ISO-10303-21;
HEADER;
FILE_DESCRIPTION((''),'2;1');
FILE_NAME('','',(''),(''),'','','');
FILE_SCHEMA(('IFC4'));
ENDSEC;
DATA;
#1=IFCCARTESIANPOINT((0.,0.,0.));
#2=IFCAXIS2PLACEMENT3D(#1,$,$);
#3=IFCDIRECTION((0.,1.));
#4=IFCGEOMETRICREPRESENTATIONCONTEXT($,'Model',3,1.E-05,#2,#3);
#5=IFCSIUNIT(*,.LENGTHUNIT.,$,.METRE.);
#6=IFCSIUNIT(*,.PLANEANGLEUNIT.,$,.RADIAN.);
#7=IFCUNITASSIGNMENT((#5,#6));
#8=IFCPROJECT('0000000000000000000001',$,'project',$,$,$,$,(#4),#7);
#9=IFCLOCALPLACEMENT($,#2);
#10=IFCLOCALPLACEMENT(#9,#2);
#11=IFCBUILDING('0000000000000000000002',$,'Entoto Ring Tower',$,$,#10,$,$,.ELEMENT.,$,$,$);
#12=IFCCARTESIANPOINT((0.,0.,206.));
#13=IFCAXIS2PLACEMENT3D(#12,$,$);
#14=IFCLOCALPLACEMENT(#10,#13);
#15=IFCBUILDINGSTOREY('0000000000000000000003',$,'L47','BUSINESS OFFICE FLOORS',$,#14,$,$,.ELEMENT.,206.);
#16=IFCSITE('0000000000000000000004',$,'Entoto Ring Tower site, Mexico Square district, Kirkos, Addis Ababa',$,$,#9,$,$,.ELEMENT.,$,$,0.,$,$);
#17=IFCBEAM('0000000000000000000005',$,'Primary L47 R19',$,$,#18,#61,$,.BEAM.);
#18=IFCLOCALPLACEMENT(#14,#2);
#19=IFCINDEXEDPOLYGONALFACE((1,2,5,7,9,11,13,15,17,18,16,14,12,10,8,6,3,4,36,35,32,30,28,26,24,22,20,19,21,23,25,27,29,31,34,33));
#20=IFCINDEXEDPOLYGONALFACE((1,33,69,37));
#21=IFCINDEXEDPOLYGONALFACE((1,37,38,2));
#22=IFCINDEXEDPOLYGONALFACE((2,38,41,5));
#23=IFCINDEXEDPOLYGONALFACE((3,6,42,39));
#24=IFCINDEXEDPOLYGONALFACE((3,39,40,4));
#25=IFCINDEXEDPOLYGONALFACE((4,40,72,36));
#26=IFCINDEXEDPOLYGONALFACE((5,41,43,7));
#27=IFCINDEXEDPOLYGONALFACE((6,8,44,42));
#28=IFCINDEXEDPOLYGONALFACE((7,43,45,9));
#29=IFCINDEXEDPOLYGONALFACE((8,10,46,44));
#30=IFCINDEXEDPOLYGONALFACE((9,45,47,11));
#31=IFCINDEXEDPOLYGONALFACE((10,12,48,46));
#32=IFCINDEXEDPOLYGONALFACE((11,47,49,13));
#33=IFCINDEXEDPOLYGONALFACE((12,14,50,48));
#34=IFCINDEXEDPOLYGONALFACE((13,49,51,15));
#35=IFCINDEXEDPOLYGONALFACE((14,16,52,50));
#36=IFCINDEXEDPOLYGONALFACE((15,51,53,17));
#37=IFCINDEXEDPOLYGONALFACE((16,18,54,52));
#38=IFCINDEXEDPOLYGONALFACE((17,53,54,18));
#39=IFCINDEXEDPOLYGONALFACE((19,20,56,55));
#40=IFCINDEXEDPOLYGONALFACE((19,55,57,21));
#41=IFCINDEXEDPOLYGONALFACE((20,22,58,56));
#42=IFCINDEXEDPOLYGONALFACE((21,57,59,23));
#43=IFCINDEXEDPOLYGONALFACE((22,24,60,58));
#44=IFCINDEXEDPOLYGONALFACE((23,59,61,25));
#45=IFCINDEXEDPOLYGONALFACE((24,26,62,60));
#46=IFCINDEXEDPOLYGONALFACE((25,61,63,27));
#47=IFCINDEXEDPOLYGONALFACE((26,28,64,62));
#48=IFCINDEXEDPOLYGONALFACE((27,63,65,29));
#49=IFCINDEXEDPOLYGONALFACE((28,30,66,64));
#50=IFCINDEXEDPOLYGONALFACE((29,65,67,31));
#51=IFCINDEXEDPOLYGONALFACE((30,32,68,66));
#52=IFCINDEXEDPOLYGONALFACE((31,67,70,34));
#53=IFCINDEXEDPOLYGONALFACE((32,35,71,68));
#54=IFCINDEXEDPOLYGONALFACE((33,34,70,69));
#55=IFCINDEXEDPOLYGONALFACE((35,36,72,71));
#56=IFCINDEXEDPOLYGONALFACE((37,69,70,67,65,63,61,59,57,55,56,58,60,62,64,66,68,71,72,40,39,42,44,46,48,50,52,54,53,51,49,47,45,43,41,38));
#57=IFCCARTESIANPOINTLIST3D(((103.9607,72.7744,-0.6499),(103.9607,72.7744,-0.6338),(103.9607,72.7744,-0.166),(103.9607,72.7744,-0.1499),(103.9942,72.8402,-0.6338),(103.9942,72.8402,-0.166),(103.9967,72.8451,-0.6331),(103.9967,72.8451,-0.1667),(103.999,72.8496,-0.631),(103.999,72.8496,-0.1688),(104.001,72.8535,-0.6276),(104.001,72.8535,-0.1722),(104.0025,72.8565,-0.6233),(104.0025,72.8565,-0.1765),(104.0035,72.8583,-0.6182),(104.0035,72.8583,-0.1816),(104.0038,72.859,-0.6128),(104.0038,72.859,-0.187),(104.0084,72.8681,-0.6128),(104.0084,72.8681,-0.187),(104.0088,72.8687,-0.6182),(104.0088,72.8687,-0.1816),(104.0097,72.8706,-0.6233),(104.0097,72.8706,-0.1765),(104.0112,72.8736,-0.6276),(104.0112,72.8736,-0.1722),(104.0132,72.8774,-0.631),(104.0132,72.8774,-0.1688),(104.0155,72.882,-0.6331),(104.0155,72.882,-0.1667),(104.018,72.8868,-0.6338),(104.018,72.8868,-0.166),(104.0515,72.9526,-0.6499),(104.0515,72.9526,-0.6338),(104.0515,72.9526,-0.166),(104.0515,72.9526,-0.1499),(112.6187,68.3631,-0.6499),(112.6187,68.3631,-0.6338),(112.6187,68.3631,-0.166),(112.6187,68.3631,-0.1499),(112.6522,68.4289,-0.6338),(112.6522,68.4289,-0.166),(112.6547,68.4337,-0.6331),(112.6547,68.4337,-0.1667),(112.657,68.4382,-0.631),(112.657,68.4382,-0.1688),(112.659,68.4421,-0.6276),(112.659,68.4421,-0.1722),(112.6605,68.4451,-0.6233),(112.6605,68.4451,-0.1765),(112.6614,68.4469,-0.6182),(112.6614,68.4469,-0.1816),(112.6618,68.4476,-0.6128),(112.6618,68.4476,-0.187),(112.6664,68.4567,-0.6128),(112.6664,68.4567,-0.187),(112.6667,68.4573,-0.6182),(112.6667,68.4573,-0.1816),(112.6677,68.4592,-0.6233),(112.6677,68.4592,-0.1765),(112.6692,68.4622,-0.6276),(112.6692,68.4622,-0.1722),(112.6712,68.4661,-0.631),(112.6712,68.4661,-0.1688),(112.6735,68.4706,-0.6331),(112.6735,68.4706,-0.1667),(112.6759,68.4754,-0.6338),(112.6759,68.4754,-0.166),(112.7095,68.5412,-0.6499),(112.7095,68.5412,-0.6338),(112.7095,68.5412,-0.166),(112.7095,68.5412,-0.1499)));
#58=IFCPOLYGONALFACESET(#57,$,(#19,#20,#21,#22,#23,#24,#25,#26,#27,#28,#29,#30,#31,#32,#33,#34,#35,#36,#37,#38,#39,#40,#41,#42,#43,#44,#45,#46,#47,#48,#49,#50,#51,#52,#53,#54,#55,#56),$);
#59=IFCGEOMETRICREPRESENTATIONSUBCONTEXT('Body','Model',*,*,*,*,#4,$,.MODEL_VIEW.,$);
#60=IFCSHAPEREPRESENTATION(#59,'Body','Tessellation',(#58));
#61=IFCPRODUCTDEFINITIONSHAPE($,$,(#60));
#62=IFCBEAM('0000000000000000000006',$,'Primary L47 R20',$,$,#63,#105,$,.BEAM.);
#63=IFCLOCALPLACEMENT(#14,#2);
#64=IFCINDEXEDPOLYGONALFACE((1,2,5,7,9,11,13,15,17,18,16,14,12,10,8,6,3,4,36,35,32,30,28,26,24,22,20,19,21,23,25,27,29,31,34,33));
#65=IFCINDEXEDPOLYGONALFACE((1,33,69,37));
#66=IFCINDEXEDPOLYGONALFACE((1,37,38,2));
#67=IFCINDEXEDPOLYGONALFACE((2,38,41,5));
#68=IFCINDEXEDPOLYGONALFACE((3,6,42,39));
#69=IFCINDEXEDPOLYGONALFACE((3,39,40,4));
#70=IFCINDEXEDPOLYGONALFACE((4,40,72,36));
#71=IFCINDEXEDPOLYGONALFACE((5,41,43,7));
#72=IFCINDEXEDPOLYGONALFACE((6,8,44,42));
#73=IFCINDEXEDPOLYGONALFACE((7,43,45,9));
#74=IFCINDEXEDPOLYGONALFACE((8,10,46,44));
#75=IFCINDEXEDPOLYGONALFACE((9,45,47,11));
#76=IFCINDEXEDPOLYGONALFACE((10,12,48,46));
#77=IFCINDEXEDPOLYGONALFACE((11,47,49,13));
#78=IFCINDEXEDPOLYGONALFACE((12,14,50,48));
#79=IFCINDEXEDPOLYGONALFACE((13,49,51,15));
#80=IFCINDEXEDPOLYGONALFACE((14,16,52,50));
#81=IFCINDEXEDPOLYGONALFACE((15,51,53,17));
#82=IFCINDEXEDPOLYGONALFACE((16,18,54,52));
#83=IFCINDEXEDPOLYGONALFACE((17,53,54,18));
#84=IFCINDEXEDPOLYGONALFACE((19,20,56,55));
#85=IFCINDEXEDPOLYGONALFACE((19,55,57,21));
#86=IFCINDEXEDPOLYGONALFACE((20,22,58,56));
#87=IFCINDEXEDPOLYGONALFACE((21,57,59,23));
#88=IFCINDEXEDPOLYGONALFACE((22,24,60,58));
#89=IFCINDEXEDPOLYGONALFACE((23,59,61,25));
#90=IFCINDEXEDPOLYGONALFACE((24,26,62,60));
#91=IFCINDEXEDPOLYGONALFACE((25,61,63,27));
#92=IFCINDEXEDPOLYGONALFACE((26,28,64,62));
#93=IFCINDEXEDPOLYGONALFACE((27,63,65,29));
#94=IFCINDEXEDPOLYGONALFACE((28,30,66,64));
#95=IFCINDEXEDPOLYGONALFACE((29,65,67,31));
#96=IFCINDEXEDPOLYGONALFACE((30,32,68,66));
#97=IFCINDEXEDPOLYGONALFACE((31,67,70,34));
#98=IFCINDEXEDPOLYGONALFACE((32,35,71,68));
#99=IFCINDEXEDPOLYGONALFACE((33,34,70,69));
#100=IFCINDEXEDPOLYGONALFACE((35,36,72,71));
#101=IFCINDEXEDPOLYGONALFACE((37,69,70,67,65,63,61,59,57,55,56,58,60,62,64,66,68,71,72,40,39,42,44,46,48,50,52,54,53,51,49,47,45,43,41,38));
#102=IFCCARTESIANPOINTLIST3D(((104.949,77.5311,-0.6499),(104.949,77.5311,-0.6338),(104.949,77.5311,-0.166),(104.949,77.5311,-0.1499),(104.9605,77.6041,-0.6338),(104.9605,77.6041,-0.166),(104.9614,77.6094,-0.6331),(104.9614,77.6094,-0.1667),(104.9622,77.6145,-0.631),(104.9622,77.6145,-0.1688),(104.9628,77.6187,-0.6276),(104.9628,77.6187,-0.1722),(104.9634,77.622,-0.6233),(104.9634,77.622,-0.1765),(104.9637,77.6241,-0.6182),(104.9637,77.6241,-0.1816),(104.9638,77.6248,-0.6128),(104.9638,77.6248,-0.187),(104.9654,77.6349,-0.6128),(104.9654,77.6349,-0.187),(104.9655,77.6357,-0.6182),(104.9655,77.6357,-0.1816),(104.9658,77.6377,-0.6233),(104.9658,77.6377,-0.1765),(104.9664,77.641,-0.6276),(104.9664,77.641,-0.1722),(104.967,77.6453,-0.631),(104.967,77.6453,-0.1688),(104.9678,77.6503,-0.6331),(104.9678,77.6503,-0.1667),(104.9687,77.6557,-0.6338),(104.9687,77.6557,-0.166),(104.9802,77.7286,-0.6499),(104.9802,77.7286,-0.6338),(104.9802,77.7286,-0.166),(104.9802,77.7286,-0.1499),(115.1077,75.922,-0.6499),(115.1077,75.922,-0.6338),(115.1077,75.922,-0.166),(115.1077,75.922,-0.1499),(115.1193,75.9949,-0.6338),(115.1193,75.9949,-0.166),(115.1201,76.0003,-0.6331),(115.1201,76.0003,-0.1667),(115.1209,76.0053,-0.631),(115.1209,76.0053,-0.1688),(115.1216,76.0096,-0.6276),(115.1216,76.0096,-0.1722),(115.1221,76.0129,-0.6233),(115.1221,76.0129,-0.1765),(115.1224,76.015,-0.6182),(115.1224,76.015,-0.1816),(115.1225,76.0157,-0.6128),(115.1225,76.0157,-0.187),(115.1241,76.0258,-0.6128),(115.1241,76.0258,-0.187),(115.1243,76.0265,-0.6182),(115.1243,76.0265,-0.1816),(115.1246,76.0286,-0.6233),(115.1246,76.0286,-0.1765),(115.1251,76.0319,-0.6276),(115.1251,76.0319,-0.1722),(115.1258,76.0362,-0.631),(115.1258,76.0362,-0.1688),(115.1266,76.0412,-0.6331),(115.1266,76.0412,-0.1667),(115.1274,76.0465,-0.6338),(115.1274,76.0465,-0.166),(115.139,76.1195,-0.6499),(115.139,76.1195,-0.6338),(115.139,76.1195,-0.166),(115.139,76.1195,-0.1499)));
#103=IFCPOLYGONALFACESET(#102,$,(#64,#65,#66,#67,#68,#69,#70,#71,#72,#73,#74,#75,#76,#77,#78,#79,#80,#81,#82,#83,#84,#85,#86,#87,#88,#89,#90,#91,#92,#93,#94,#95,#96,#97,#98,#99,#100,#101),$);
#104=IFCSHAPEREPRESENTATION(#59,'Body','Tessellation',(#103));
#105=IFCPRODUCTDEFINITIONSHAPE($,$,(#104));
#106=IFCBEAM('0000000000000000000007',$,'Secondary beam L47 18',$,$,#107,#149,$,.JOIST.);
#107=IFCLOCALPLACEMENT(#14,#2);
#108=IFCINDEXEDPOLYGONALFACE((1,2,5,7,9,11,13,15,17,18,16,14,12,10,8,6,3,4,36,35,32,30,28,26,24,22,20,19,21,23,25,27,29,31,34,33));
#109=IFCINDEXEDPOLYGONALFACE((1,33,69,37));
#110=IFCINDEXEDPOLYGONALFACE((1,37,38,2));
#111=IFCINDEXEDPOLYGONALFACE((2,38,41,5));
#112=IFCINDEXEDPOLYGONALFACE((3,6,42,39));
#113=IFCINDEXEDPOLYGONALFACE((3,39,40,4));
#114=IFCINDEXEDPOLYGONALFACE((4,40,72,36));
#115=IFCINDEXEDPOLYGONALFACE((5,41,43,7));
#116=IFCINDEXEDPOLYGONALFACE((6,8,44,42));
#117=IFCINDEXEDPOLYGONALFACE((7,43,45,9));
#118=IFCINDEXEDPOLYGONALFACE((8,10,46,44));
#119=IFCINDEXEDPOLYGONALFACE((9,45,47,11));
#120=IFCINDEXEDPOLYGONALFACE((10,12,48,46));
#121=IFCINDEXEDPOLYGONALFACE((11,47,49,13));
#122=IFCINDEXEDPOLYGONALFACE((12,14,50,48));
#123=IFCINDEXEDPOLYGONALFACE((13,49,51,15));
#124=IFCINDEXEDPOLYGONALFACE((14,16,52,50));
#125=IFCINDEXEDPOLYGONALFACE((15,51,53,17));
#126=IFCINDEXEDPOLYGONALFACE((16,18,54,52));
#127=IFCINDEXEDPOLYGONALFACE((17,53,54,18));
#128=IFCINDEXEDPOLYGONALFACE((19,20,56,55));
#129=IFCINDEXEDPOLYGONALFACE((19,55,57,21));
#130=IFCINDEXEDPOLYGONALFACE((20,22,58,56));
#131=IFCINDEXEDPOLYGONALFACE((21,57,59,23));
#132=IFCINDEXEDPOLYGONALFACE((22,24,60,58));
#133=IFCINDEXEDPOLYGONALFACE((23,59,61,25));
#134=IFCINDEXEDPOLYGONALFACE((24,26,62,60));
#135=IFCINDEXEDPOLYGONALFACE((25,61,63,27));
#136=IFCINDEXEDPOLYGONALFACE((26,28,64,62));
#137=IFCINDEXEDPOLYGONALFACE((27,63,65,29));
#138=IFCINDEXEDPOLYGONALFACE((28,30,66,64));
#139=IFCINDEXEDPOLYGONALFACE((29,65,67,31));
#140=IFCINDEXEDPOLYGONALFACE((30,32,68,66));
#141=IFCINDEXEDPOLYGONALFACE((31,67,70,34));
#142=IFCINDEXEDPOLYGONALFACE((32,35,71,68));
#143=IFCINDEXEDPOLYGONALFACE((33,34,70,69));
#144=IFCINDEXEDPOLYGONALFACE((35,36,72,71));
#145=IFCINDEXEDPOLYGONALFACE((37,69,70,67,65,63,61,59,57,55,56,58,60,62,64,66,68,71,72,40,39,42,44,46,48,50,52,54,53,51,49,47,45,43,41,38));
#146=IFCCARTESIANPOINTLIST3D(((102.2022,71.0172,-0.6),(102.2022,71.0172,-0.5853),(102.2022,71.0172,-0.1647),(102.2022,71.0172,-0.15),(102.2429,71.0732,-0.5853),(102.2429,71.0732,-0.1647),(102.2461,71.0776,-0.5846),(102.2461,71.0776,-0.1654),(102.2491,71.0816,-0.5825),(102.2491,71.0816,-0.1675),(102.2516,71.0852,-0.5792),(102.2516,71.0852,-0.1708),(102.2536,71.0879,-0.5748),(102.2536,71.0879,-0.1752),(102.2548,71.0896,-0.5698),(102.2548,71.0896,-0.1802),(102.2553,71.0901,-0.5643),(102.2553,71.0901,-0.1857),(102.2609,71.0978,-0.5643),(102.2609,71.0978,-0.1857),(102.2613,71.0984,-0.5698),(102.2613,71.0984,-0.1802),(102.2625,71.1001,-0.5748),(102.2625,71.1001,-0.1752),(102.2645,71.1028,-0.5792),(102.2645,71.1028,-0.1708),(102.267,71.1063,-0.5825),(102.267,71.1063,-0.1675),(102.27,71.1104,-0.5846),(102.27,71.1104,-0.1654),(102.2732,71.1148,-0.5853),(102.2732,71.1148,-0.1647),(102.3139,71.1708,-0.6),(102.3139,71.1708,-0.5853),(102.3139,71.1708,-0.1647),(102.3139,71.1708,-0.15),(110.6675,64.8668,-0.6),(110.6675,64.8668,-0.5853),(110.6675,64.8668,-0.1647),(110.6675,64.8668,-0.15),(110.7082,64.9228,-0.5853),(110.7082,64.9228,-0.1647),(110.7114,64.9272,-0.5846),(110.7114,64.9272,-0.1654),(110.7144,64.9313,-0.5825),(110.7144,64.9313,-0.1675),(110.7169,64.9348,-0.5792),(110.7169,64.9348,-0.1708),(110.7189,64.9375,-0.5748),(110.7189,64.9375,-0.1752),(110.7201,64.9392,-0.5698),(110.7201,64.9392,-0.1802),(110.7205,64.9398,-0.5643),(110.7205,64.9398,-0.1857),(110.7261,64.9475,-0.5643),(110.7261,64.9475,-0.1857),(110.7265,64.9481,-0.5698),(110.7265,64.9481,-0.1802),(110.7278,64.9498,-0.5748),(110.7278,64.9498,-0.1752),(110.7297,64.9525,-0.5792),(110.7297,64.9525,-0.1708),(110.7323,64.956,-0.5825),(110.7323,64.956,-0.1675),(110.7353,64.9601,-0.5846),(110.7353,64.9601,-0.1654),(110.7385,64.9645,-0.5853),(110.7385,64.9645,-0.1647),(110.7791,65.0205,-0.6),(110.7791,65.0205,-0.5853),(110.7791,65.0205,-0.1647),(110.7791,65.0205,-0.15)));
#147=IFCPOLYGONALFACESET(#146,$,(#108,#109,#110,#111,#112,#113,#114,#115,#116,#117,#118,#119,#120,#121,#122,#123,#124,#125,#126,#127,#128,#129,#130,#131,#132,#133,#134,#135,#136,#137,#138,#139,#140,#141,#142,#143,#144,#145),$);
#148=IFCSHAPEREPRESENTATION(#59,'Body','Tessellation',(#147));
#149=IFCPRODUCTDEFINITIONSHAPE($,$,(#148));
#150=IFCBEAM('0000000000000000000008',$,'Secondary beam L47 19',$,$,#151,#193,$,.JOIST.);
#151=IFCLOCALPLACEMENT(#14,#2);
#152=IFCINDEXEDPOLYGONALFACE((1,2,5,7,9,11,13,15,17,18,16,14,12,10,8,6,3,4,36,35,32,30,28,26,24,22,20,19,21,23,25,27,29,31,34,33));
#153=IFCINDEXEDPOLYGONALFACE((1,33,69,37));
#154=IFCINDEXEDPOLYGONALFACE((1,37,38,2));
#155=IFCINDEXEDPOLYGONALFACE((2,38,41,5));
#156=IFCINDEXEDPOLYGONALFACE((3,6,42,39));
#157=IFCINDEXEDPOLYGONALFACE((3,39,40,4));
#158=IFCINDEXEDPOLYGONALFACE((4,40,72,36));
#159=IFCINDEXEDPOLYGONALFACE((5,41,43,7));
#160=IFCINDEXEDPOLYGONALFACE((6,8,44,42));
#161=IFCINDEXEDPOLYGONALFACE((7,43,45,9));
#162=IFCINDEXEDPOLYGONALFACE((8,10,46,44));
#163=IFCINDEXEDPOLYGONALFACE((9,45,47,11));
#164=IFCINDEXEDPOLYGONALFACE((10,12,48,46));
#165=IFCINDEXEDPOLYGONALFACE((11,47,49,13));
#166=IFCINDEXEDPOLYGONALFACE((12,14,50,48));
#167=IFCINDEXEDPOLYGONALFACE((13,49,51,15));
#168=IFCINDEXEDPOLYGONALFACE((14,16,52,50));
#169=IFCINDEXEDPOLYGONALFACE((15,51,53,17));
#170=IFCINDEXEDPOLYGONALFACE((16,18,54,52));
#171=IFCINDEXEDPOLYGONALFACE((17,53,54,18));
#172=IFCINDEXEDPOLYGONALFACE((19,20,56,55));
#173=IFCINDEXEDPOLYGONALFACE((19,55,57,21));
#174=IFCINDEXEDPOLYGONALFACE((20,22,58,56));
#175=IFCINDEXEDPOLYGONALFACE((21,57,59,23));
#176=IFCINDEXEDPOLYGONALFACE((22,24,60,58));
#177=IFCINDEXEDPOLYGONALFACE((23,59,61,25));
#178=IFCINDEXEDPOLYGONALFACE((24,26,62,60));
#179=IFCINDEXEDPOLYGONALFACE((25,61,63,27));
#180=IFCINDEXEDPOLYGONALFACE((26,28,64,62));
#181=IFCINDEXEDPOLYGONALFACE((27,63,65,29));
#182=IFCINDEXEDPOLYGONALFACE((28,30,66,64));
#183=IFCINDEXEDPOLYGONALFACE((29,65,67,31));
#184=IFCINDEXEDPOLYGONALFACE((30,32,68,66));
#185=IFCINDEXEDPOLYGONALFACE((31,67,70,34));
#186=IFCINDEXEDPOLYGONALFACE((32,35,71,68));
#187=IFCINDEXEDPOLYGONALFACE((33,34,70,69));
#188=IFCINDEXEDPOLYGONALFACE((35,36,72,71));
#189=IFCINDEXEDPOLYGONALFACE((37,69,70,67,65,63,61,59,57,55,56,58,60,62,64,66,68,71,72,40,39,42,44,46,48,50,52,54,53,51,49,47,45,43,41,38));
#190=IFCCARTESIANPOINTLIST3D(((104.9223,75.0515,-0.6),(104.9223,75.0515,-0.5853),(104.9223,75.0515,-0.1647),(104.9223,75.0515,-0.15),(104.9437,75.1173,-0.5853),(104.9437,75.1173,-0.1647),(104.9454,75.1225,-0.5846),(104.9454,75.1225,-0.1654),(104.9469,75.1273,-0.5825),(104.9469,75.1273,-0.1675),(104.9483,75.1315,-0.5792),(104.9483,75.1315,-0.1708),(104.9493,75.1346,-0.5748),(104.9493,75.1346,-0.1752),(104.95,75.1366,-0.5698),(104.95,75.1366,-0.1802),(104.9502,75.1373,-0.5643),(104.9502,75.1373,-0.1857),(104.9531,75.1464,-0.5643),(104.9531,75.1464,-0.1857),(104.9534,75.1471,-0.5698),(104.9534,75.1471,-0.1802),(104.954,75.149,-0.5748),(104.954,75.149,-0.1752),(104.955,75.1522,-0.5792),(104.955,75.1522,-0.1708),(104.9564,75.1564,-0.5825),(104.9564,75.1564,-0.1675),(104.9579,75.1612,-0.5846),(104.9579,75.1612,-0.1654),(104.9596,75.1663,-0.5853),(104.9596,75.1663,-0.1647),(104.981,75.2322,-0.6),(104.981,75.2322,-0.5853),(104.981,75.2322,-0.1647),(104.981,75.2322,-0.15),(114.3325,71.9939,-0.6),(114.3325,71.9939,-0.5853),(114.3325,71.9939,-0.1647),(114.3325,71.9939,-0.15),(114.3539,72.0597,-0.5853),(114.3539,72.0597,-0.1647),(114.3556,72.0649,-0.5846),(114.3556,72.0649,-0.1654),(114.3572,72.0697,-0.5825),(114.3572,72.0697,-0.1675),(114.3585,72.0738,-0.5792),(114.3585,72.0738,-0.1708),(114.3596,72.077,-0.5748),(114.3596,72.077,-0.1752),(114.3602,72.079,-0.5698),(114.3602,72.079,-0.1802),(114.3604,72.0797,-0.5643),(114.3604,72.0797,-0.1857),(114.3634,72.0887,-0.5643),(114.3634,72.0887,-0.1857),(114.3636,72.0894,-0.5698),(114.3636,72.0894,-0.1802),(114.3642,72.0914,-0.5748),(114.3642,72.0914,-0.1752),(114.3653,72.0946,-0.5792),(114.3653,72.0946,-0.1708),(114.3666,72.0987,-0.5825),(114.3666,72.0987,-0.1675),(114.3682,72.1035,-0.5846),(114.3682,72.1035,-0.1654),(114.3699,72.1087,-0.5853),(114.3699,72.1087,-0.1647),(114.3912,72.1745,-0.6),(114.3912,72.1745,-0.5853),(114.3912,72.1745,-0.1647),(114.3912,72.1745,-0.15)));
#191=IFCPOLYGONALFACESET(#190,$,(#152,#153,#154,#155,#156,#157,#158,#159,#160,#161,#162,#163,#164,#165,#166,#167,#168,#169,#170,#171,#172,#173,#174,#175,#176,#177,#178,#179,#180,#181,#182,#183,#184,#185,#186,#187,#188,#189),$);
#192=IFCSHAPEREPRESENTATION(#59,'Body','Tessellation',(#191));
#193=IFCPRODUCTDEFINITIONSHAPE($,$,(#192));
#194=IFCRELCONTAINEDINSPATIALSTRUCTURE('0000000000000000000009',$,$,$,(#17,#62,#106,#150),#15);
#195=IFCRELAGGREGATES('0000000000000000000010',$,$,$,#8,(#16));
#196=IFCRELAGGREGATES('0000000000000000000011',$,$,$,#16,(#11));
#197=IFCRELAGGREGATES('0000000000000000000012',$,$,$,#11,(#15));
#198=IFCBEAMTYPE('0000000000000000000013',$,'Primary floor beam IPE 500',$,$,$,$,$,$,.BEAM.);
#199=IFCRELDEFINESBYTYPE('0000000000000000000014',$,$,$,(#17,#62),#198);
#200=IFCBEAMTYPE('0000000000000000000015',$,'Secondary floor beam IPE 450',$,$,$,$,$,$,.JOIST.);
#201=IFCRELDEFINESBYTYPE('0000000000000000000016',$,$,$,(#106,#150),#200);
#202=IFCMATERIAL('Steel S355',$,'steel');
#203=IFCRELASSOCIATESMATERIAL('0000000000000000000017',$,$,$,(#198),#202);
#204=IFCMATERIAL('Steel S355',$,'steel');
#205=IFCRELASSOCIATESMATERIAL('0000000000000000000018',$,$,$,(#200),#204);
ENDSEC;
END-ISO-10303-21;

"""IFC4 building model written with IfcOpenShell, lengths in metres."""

from ifc_helpers import new_model, si_unit, direction, frame, origin, origin_2d, place, context, subcontext, project, spatial, i_section, extrude, material, material_profile, profile_set, type_object, element, save


model = new_model("IFC4")

# Units and contexts
model_context = context("Model", 3, precision=1e-05, world=origin(), true_north=direction((0.0, 1.0)))
body_context = subcontext(model_context, "Body", "Model", "MODEL_VIEW")
ifc_project = project(units=[si_unit("LENGTHUNIT", "METRE"), si_unit("PLANEANGLEUNIT", "RADIAN")], contexts=[model_context])

# Site, building, storey
site_placement = place(None, origin())
site = spatial("IfcSite", under=ifc_project, at=site_placement, Name="Entoto Ring Tower site, Mexico Square district, Kirkos, Addis Ababa", CompositionType="ELEMENT", RefElevation=0.0)
building_placement = place(site_placement, origin())
building = spatial("IfcBuilding", under=site, at=building_placement, Name="Entoto Ring Tower", CompositionType="ELEMENT")
storey_placement = place(building_placement, frame((0.0, 0.0, 206.0)))
storey = spatial("IfcBuildingStorey", under=building, at=storey_placement, Name="L47", Description="BUSINESS OFFICE FLOORS", CompositionType="ELEMENT", Elevation=206.0)

# Beams
ifc_material_1 = material(Name="Steel S355", Category="steel")
ifc_material_profile_1 = material_profile(ifc_material_1, i_section(OverallWidth=0.2, OverallDepth=0.5, WebThickness=0.0103, FlangeThickness=0.0161, FilletRadius=0.021, at=origin_2d()), Name="IPE 500")
ifc_profile_set_1 = profile_set([ifc_material_profile_1], Name="Steel S355")
beam_type_1 = type_object("IfcBeamType", Name="Primary floor beam IPE 500", PredefinedType="BEAM", material=ifc_profile_set_1)
beam_1_placement = place(storey_placement, frame((104.0061, 72.8635, -0.3999), z_axis=(0.89101, -0.453984, 0.0), x_axis=(0.453984, 0.89101, 0.0)))
element("IfcBeam", 1, at=beam_1_placement, inside=storey, type_object=beam_type_1, Name="Primary L47 R19", PredefinedType="BEAM", context=body_context, shape_type="SweptSolid", body=[
    extrude(i_section(OverallWidth=0.2, OverallDepth=0.5, WebThickness=0.0103, FlangeThickness=0.0161, FilletRadius=0.021, at=origin_2d()), origin(), (0.0, 0.0, 1.0), 9.717),
])
beam_2_placement = place(storey_placement, frame((104.9646, 77.6299, -0.3999), z_axis=(0.987686, -0.156449, 0.0), x_axis=(0.156449, 0.987686, 0.0)))
element("IfcBeam", 2, at=beam_2_placement, inside=storey, type_object=beam_type_1, Name="Primary L47 R20", PredefinedType="BEAM", context=body_context, shape_type="SweptSolid", body=[
    extrude(i_section(OverallWidth=0.2, OverallDepth=0.5, WebThickness=0.0103, FlangeThickness=0.0161, FilletRadius=0.021, at=origin_2d()), origin(), (0.0, 0.0, 1.0), 10.2854),
])
ifc_material_2 = material(Name="Steel S355", Category="steel")
ifc_material_profile_2 = material_profile(ifc_material_2, i_section(OverallWidth=0.1899, OverallDepth=0.45, WebThickness=0.0095, FlangeThickness=0.0146, FilletRadius=0.021, at=origin_2d()), Name="IPE 450")
ifc_profile_set_2 = profile_set([ifc_material_profile_2], Name="Steel S355")
beam_type_2 = type_object("IfcBeamType", Name="Secondary floor beam IPE 450", PredefinedType="JOIST", material=ifc_profile_set_2)
beam_3_placement = place(storey_placement, frame((102.2581, 71.094, -0.375), z_axis=(0.809018, -0.587783, 0.0), x_axis=(0.587783, 0.809018, 0.0)))
element("IfcBeam", 3, at=beam_3_placement, inside=storey, type_object=beam_type_2, Name="Secondary beam L47 18", PredefinedType="JOIST", context=body_context, shape_type="SweptSolid", body=[
    extrude(i_section(OverallWidth=0.1899, OverallDepth=0.45, WebThickness=0.0095, FlangeThickness=0.0146, FilletRadius=0.021, at=origin_2d()), origin(), (0.0, 0.0, 1.0), 10.4636),
])
beam_4_placement = place(storey_placement, frame((104.9517, 75.1418, -0.375), z_axis=(0.951054, -0.309024, 0.0), x_axis=(0.309024, 0.951054, 0.0)))
element("IfcBeam", 4, at=beam_4_placement, inside=storey, type_object=beam_type_2, Name="Secondary beam L47 19", PredefinedType="JOIST", context=body_context, shape_type="SweptSolid", body=[
    extrude(i_section(OverallWidth=0.1899, OverallDepth=0.45, WebThickness=0.0095, FlangeThickness=0.0146, FilletRadius=0.021, at=origin_2d()), origin(), (0.0, 0.0, 1.0), 9.8945),
])

save(model, "model.ifc")
